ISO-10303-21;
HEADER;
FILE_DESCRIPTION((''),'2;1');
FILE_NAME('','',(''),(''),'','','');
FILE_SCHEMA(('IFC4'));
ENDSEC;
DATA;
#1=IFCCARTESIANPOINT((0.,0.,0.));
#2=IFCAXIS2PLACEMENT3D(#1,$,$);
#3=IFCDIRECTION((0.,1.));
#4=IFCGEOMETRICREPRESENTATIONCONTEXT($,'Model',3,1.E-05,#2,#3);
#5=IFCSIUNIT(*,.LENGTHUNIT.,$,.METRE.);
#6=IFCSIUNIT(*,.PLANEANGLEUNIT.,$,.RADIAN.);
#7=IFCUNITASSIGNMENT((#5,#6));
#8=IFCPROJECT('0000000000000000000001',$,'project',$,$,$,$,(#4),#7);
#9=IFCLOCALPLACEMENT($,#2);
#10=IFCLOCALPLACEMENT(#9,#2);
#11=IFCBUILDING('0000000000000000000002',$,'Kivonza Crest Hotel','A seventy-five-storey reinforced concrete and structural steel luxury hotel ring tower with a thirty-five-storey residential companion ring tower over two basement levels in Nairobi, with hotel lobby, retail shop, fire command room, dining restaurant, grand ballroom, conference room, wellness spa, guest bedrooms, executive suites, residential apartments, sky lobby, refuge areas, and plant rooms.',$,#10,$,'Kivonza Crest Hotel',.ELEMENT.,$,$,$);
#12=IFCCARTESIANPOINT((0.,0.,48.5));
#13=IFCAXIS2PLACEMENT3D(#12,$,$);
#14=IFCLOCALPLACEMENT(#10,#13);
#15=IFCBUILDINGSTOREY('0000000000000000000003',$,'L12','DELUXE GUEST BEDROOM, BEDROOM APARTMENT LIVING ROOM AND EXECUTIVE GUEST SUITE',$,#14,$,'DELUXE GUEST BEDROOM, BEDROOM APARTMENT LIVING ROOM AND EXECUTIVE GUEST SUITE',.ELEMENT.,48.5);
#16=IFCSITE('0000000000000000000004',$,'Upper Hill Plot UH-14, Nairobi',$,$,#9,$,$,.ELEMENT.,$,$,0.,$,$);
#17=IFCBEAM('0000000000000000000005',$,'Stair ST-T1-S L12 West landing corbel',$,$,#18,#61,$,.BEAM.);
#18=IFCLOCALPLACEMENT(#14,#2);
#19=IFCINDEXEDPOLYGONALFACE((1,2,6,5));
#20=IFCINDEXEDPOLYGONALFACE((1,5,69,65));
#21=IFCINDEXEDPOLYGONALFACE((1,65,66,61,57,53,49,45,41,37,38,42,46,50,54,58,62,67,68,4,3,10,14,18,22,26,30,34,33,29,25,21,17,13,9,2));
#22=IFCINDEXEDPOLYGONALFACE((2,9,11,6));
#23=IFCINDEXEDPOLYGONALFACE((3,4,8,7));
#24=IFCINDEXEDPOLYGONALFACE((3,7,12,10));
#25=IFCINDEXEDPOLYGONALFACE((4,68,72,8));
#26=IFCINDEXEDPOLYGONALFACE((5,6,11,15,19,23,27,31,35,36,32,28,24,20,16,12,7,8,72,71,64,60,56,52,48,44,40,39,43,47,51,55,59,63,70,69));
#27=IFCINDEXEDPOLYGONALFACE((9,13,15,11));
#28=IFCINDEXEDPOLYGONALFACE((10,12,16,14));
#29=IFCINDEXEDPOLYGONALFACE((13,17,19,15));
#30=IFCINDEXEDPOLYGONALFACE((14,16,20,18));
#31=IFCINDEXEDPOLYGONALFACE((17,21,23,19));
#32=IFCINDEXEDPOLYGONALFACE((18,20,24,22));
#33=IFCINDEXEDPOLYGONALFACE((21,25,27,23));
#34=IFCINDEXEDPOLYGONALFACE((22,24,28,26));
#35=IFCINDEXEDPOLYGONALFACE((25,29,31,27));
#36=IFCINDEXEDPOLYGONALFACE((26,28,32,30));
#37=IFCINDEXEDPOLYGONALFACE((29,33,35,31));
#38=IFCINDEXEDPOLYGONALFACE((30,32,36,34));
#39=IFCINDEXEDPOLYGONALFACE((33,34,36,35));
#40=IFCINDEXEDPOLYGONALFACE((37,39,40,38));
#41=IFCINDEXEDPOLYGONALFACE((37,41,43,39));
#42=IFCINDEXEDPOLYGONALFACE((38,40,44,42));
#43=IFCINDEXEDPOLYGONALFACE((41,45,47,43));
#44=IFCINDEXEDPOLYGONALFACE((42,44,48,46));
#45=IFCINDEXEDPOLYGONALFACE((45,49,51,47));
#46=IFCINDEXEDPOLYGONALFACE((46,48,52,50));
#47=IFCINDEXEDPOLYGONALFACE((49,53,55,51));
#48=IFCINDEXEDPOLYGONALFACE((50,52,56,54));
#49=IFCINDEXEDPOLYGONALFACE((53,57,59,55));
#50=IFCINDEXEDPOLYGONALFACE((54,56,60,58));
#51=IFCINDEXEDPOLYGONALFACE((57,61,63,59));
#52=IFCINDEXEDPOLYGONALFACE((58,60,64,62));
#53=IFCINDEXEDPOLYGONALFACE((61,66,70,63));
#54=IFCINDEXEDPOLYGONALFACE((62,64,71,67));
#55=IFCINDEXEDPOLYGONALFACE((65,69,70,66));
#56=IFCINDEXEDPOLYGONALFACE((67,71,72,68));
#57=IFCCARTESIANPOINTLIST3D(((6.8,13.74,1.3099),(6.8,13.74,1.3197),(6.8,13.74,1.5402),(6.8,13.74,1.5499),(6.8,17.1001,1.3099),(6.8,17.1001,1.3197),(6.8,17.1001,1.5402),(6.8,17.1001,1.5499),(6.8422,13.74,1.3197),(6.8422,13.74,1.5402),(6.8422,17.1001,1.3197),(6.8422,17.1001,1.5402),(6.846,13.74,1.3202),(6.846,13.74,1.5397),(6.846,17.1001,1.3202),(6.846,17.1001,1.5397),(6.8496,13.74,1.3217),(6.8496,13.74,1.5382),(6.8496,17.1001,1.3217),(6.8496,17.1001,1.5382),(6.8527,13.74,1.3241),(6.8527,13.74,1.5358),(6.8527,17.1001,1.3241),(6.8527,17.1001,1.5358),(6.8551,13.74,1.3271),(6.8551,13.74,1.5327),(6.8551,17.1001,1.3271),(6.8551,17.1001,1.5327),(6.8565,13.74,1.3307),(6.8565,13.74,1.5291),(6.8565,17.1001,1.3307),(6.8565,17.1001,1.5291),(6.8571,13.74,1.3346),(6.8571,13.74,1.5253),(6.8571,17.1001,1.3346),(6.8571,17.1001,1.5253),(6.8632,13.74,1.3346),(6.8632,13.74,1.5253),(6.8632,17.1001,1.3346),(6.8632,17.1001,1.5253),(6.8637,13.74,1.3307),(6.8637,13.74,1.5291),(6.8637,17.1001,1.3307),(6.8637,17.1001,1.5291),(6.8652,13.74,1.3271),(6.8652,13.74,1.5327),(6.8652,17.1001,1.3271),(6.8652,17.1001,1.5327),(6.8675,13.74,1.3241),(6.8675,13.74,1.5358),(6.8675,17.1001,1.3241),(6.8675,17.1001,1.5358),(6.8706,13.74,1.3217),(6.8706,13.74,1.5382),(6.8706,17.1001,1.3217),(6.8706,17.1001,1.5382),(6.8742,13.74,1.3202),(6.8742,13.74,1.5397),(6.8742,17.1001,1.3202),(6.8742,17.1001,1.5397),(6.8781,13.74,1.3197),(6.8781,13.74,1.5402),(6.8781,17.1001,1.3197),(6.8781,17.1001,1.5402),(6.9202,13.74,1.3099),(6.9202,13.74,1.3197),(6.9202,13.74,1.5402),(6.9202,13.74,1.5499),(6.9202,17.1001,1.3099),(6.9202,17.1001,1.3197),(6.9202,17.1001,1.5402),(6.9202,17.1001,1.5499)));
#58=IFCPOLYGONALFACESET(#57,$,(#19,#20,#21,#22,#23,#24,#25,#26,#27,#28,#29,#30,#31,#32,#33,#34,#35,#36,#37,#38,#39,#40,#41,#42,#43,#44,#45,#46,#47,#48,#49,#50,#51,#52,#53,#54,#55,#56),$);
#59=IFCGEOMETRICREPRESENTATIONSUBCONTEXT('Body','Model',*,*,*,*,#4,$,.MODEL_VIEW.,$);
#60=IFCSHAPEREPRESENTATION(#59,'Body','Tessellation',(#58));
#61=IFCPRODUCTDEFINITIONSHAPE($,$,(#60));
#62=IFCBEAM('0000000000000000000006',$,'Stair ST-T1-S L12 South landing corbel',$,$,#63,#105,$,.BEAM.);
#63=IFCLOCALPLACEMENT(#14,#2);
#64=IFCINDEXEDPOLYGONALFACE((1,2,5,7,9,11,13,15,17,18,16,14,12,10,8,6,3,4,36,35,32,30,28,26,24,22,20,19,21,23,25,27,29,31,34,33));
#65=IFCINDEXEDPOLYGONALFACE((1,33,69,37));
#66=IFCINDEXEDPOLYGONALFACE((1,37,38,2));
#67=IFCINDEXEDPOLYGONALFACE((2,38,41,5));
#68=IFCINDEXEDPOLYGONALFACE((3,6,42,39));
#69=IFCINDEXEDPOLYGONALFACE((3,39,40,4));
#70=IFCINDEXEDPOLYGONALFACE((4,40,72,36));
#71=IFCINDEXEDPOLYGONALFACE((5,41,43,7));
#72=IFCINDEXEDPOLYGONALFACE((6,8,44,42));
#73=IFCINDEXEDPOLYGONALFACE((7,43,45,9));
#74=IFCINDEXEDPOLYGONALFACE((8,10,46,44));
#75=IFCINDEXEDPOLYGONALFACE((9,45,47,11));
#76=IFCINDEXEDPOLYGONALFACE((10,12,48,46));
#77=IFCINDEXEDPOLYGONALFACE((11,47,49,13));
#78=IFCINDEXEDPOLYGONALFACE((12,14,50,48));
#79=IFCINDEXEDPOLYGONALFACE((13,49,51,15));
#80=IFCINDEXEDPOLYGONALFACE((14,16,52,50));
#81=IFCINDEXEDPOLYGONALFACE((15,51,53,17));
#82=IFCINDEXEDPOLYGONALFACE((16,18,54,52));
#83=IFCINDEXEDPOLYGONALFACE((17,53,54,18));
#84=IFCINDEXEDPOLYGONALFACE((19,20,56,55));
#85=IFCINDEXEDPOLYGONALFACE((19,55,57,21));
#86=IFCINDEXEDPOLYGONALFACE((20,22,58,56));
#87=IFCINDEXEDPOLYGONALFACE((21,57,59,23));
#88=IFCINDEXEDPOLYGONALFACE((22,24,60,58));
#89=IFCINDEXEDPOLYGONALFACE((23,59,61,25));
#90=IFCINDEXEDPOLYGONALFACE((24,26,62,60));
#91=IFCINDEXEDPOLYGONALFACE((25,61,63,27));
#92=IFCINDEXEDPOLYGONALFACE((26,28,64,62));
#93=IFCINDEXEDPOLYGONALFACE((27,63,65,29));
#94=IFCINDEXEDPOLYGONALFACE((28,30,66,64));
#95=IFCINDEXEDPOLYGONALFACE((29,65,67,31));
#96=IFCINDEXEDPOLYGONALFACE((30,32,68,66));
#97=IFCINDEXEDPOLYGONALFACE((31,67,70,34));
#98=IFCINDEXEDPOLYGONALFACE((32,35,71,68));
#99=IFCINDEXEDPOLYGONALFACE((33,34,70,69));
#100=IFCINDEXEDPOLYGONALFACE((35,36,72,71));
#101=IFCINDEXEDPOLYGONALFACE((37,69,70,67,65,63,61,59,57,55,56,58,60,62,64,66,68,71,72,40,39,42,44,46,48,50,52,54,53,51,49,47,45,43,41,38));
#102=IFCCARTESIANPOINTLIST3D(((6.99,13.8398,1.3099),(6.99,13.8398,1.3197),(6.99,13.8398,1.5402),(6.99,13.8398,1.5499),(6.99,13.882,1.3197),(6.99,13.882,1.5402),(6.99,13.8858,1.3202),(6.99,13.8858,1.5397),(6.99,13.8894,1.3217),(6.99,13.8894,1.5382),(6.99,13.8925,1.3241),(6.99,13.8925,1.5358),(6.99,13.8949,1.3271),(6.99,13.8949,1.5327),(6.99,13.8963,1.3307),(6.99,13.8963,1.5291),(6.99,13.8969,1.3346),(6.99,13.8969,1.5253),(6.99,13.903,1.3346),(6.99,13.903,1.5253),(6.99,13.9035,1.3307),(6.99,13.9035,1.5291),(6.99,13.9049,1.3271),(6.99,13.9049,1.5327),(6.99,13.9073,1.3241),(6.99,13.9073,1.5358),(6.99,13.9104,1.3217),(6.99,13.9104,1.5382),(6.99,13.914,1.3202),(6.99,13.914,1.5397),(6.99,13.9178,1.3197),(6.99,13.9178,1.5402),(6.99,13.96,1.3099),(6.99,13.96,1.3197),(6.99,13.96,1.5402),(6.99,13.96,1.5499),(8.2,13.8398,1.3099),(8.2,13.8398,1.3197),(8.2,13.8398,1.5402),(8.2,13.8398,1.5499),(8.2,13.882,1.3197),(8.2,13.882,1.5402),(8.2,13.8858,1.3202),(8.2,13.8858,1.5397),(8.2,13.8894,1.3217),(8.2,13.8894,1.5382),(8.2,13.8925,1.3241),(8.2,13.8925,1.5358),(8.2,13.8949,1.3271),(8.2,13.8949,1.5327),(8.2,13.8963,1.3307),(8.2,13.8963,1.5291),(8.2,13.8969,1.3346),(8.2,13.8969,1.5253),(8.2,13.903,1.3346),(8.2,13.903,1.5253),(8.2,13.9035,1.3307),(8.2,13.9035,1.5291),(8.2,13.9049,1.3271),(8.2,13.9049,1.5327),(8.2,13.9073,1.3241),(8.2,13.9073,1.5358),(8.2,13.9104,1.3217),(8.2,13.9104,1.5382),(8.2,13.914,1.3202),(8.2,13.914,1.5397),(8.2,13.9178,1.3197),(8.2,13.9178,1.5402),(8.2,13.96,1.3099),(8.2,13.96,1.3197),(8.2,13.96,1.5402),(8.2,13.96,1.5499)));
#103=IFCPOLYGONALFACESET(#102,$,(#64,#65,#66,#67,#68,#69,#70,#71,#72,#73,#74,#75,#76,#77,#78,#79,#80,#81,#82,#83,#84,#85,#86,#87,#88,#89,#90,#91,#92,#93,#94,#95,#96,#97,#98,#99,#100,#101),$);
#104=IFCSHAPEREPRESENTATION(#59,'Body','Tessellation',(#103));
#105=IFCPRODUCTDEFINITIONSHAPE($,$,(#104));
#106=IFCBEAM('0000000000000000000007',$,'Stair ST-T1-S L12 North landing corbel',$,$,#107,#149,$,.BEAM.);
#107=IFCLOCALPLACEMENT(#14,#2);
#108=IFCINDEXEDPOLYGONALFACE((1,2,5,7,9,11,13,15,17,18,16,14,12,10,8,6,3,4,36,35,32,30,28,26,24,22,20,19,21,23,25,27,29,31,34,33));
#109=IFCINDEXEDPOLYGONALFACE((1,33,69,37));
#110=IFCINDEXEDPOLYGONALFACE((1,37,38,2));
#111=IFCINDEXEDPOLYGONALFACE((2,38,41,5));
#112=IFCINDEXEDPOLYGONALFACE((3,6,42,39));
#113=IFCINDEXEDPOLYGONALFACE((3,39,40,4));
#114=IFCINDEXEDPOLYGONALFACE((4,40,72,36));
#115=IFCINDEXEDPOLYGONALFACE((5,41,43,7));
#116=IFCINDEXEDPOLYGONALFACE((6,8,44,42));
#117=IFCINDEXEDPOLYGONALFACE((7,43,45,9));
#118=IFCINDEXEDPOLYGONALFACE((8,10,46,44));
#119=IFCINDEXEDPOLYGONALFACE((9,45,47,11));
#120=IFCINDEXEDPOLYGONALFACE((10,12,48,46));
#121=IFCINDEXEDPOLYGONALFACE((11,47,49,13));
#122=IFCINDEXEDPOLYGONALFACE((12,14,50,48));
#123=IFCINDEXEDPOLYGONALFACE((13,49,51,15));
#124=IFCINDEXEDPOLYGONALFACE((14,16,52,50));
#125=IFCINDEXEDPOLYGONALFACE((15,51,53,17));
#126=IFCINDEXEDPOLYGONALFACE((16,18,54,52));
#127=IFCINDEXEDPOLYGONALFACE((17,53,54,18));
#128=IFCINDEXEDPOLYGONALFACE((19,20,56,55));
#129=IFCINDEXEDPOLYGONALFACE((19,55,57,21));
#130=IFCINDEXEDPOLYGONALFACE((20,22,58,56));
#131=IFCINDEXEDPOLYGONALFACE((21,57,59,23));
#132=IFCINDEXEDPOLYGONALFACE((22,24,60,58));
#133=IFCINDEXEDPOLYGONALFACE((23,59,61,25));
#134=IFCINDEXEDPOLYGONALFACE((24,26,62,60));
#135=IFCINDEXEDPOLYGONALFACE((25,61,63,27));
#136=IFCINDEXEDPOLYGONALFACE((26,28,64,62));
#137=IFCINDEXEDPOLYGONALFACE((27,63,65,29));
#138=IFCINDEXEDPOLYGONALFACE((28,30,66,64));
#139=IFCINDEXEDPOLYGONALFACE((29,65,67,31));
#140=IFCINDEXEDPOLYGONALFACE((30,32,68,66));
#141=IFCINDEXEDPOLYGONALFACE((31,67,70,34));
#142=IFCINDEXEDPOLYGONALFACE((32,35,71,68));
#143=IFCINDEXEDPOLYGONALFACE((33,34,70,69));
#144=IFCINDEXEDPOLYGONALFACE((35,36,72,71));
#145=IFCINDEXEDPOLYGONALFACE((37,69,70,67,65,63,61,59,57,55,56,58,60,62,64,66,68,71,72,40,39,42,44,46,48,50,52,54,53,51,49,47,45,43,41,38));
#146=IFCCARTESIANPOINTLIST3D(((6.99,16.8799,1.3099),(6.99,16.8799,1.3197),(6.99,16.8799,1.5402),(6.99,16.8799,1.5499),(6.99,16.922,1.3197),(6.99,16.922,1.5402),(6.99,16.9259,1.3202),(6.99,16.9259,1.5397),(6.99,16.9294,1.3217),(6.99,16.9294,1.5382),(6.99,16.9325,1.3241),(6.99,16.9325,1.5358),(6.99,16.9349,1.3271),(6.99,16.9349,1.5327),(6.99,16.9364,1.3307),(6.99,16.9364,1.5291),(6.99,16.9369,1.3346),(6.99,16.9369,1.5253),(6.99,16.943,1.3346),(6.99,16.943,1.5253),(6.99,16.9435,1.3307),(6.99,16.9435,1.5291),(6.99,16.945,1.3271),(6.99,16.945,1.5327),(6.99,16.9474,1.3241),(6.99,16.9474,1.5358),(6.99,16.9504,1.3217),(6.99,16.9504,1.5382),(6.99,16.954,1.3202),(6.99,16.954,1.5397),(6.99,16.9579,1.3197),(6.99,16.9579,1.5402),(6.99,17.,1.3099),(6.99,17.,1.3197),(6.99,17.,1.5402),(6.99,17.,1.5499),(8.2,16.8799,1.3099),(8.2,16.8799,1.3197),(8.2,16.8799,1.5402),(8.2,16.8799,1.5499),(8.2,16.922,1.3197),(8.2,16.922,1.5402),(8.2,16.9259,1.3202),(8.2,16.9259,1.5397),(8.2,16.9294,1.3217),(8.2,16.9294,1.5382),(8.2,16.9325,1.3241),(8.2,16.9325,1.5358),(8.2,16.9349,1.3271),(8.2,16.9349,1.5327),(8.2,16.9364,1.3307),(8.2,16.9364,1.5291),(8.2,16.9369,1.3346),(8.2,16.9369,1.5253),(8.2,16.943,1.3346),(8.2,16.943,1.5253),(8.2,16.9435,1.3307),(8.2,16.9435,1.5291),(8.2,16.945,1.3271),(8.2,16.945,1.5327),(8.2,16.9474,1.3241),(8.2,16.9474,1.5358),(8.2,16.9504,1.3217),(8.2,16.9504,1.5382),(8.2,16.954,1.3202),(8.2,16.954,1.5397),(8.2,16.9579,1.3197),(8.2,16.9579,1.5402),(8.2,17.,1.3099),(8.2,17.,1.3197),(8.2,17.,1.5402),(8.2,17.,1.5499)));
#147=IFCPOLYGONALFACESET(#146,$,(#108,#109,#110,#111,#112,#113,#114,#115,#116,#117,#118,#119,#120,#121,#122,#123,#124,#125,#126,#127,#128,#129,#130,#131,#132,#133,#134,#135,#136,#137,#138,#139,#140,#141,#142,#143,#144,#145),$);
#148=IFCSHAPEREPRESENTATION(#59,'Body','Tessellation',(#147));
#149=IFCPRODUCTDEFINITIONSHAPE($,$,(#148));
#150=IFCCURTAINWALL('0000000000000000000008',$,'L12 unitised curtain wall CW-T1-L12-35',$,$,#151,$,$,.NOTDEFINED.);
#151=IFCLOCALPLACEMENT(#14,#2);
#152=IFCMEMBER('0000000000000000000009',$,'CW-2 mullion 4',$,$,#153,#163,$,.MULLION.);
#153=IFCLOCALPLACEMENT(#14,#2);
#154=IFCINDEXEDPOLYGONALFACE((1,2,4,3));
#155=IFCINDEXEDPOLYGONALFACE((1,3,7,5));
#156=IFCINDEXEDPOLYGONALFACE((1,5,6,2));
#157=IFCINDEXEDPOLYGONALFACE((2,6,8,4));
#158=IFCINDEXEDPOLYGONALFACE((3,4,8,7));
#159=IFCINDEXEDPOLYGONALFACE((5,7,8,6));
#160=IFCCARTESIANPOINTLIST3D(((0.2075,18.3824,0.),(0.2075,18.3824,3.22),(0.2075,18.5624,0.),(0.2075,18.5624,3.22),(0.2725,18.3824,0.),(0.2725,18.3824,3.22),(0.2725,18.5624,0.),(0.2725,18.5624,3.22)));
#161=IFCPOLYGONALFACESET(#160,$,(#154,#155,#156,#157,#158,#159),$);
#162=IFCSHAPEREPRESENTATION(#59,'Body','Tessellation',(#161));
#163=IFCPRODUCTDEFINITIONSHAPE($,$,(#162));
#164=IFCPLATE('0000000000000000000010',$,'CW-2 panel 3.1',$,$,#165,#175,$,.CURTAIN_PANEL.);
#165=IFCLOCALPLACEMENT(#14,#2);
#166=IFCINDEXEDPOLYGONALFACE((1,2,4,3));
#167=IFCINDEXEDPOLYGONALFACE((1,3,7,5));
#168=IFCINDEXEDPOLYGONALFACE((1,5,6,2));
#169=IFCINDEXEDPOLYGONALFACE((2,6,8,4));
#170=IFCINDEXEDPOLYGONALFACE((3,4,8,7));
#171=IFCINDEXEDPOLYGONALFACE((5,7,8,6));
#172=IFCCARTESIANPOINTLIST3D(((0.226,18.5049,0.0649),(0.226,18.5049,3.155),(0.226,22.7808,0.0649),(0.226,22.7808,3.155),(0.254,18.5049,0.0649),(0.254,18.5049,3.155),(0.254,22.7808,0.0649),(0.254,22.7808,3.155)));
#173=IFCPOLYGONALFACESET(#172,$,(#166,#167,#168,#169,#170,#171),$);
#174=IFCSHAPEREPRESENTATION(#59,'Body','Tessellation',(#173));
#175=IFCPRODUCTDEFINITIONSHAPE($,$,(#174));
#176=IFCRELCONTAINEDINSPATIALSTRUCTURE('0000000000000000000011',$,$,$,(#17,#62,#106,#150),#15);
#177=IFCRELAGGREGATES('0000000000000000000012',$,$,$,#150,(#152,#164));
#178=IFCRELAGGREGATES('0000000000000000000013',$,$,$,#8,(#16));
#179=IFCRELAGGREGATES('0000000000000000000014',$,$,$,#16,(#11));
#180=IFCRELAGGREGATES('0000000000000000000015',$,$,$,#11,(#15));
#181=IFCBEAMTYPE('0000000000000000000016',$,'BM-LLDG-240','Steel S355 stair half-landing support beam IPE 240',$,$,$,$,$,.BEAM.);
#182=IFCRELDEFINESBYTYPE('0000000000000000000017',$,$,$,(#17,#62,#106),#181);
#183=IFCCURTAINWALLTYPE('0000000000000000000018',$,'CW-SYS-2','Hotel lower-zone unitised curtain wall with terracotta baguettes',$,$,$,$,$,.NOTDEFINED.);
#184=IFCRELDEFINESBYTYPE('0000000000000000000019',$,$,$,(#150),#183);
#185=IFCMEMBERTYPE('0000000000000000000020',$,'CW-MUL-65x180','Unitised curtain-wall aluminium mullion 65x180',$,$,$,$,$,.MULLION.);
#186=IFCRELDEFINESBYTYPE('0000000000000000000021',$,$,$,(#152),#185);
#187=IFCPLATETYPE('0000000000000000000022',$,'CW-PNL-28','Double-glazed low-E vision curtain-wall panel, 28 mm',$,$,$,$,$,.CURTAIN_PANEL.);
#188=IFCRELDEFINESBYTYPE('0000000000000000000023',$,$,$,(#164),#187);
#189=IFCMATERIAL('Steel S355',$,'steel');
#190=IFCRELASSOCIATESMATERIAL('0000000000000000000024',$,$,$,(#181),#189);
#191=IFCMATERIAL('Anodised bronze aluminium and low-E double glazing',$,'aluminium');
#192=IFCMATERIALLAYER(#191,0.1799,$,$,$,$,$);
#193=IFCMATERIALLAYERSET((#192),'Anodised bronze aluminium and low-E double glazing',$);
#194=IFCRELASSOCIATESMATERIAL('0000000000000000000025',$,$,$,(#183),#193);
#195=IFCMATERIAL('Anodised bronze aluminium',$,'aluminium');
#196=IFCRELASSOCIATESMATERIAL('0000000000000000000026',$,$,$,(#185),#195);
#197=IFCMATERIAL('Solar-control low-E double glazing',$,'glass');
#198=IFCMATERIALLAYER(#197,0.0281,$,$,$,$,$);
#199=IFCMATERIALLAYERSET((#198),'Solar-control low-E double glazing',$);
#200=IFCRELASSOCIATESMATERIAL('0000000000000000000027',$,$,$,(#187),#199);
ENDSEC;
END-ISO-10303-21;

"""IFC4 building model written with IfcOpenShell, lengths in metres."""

from ifc_helpers import new_model, si_unit, direction, frame, origin, origin_2d, place, context, subcontext, project, spatial, rectangle, i_section, extrude, material, layer, layer_set, material_profile, profile_set, type_object, element, aggregate, save


model = new_model("IFC4")

# Units and contexts
model_context = context("Model", 3, precision=1e-05, world=origin(), true_north=direction((0.0, 1.0)))
body_context = subcontext(model_context, "Body", "Model", "MODEL_VIEW")
ifc_project = project(units=[si_unit("LENGTHUNIT", "METRE"), si_unit("PLANEANGLEUNIT", "RADIAN")], contexts=[model_context])

# Site, building, storey
site_placement = place(None, origin())
site = spatial("IfcSite", under=ifc_project, at=site_placement, Name="Upper Hill Plot UH-14, Nairobi", CompositionType="ELEMENT", RefElevation=0.0)
building_placement = place(site_placement, origin())
building = spatial("IfcBuilding", under=site, at=building_placement, Name="Kivonza Crest Hotel", Description="A seventy-five-storey reinforced concrete and structural steel luxury hotel ring tower with a thirty-five-storey residential companion ring tower over two basement levels in Nairobi, with hotel lobby, retail shop, fire command room, dining restaurant, grand ballroom, conference room, wellness spa, guest bedrooms, executive suites, residential apartments, sky lobby, refuge areas, and plant rooms.", LongName="Kivonza Crest Hotel", CompositionType="ELEMENT")
storey_placement = place(building_placement, frame((0.0, 0.0, 48.5)))
storey = spatial("IfcBuildingStorey", under=building, at=storey_placement, Name="L12", Description="DELUXE GUEST BEDROOM, BEDROOM APARTMENT LIVING ROOM AND EXECUTIVE GUEST SUITE", LongName="DELUXE GUEST BEDROOM, BEDROOM APARTMENT LIVING ROOM AND EXECUTIVE GUEST SUITE", CompositionType="ELEMENT", Elevation=48.5)

# Beams
ifc_material_1 = material(Name="Steel S355", Category="steel")
ifc_material_profile_1 = material_profile(ifc_material_1, i_section(OverallWidth=0.1201, OverallDepth=0.24, WebThickness=0.0061, FlangeThickness=0.0098, FilletRadius=0.0149, at=origin_2d()), Name="IPE 240")
ifc_profile_set_1 = profile_set([ifc_material_profile_1], Name="Steel S355")
beam_type_1 = type_object("IfcBeamType", Name="BM-LLDG-240", Description="Steel S355 stair half-landing support beam IPE 240", PredefinedType="BEAM", material=ifc_profile_set_1)
beam_1_placement = place(storey_placement, frame((6.8601, 13.74, 1.4299), z_axis=(0.0, 1.0, 0.0), x_axis=(-1.0, 0.0, 0.0)))
element("IfcBeam", 1, at=beam_1_placement, inside=storey, type_object=beam_type_1, Name="Stair ST-T1-S L12 West landing corbel", PredefinedType="BEAM", context=body_context, shape_type="SweptSolid", body=[
    extrude(i_section(OverallWidth=0.1201, OverallDepth=0.24, WebThickness=0.0061, FlangeThickness=0.0098, FilletRadius=0.0149, at=origin_2d()), origin(), (0.0, 0.0, 1.0), 3.3601),
])
for number, where, z_axis, x_axis, name in (
    (2, (6.99, 13.8999, 1.4299), (1.0, 0.0, 0.0), (0.0, 1.0, 0.0), "Stair ST-T1-S L12 South landing corbel"),
    (3, (6.99, 16.9399, 1.4299), (1.0, 0.0, 0.0), (0.0, 1.0, 0.0), "Stair ST-T1-S L12 North landing corbel"),
):
    element("IfcBeam", number, at=place(storey_placement, frame(where, z_axis=z_axis, x_axis=x_axis)), inside=storey, type_object=beam_type_1, Name=name, PredefinedType="BEAM", context=body_context, shape_type="SweptSolid", body=[
        extrude(i_section(OverallWidth=0.1201, OverallDepth=0.24, WebThickness=0.0061, FlangeThickness=0.0098, FilletRadius=0.0149, at=origin_2d()), origin(), (0.0, 0.0, 1.0), 1.21),
    ])

# Curtain wall, member, plate
ifc_material_2 = material(Name="Anodised bronze aluminium and low-E double glazing", Category="aluminium")
ifc_layer_1 = layer(ifc_material_2, 0.1799)
ifc_layer_set_1 = layer_set([ifc_layer_1], Name="Anodised bronze aluminium and low-E double glazing")
curtain_wall_type = type_object("IfcCurtainWallType", Name="CW-SYS-2", Description="Hotel lower-zone unitised curtain wall with terracotta baguettes", PredefinedType="NOTDEFINED", material=ifc_layer_set_1)
curtain_wall_placement = place(storey_placement, origin())
curtain_wall = element("IfcCurtainWall", 4, at=curtain_wall_placement, inside=storey, type_object=curtain_wall_type, Name="L12 unitised curtain wall CW-T1-L12-35", PredefinedType="NOTDEFINED")
ifc_material_3 = material(Name="Anodised bronze aluminium", Category="aluminium")
ifc_material_profile_2 = material_profile(ifc_material_3, rectangle(XDim=0.0649, YDim=0.1799, at=origin_2d()), Name="CW-M 65x180")
ifc_profile_set_2 = profile_set([ifc_material_profile_2], Name="Anodised bronze aluminium")
member_type = type_object("IfcMemberType", Name="CW-MUL-65x180", Description="Unitised curtain-wall aluminium mullion 65x180", PredefinedType="MULLION", material=ifc_profile_set_2)
member_placement = place(storey_placement, frame((0.24, 18.4724, 0.0), z_axis=(0.0, 0.0, 1.0), x_axis=(1.0, 0.0, 0.0)))
member = element("IfcMember", 5, at=member_placement, type_object=member_type, Name="CW-2 mullion 4", PredefinedType="MULLION", context=body_context, shape_type="SweptSolid", body=[
    extrude(rectangle(XDim=0.0649, YDim=0.1799, at=origin_2d()), origin(), (0.0, 0.0, 1.0), 3.22),
])
ifc_material_4 = material(Name="Solar-control low-E double glazing", Category="glass")
ifc_layer_2 = layer(ifc_material_4, 0.0281)
ifc_layer_set_2 = layer_set([ifc_layer_2], Name="Solar-control low-E double glazing")
plate_type = type_object("IfcPlateType", Name="CW-PNL-28", Description="Double-glazed low-E vision curtain-wall panel, 28 mm", PredefinedType="CURTAIN_PANEL", material=ifc_layer_set_2)
plate_placement = place(storey_placement, frame((0.24, 20.6428, 0.0649), z_axis=(0.0, 0.0, 1.0), x_axis=(0.0, -1.0, 0.0)))
plate = element("IfcPlate", 6, at=plate_placement, type_object=plate_type, Name="CW-2 panel 3.1", PredefinedType="CURTAIN_PANEL", context=body_context, shape_type="SweptSolid", body=[
    extrude(rectangle(XDim=4.2759, YDim=0.0281, at=origin_2d()), origin(), (0.0, 0.0, 1.0), 3.0901),
])
aggregate(curtain_wall, [member, plate])

save(model, "model.ifc")
